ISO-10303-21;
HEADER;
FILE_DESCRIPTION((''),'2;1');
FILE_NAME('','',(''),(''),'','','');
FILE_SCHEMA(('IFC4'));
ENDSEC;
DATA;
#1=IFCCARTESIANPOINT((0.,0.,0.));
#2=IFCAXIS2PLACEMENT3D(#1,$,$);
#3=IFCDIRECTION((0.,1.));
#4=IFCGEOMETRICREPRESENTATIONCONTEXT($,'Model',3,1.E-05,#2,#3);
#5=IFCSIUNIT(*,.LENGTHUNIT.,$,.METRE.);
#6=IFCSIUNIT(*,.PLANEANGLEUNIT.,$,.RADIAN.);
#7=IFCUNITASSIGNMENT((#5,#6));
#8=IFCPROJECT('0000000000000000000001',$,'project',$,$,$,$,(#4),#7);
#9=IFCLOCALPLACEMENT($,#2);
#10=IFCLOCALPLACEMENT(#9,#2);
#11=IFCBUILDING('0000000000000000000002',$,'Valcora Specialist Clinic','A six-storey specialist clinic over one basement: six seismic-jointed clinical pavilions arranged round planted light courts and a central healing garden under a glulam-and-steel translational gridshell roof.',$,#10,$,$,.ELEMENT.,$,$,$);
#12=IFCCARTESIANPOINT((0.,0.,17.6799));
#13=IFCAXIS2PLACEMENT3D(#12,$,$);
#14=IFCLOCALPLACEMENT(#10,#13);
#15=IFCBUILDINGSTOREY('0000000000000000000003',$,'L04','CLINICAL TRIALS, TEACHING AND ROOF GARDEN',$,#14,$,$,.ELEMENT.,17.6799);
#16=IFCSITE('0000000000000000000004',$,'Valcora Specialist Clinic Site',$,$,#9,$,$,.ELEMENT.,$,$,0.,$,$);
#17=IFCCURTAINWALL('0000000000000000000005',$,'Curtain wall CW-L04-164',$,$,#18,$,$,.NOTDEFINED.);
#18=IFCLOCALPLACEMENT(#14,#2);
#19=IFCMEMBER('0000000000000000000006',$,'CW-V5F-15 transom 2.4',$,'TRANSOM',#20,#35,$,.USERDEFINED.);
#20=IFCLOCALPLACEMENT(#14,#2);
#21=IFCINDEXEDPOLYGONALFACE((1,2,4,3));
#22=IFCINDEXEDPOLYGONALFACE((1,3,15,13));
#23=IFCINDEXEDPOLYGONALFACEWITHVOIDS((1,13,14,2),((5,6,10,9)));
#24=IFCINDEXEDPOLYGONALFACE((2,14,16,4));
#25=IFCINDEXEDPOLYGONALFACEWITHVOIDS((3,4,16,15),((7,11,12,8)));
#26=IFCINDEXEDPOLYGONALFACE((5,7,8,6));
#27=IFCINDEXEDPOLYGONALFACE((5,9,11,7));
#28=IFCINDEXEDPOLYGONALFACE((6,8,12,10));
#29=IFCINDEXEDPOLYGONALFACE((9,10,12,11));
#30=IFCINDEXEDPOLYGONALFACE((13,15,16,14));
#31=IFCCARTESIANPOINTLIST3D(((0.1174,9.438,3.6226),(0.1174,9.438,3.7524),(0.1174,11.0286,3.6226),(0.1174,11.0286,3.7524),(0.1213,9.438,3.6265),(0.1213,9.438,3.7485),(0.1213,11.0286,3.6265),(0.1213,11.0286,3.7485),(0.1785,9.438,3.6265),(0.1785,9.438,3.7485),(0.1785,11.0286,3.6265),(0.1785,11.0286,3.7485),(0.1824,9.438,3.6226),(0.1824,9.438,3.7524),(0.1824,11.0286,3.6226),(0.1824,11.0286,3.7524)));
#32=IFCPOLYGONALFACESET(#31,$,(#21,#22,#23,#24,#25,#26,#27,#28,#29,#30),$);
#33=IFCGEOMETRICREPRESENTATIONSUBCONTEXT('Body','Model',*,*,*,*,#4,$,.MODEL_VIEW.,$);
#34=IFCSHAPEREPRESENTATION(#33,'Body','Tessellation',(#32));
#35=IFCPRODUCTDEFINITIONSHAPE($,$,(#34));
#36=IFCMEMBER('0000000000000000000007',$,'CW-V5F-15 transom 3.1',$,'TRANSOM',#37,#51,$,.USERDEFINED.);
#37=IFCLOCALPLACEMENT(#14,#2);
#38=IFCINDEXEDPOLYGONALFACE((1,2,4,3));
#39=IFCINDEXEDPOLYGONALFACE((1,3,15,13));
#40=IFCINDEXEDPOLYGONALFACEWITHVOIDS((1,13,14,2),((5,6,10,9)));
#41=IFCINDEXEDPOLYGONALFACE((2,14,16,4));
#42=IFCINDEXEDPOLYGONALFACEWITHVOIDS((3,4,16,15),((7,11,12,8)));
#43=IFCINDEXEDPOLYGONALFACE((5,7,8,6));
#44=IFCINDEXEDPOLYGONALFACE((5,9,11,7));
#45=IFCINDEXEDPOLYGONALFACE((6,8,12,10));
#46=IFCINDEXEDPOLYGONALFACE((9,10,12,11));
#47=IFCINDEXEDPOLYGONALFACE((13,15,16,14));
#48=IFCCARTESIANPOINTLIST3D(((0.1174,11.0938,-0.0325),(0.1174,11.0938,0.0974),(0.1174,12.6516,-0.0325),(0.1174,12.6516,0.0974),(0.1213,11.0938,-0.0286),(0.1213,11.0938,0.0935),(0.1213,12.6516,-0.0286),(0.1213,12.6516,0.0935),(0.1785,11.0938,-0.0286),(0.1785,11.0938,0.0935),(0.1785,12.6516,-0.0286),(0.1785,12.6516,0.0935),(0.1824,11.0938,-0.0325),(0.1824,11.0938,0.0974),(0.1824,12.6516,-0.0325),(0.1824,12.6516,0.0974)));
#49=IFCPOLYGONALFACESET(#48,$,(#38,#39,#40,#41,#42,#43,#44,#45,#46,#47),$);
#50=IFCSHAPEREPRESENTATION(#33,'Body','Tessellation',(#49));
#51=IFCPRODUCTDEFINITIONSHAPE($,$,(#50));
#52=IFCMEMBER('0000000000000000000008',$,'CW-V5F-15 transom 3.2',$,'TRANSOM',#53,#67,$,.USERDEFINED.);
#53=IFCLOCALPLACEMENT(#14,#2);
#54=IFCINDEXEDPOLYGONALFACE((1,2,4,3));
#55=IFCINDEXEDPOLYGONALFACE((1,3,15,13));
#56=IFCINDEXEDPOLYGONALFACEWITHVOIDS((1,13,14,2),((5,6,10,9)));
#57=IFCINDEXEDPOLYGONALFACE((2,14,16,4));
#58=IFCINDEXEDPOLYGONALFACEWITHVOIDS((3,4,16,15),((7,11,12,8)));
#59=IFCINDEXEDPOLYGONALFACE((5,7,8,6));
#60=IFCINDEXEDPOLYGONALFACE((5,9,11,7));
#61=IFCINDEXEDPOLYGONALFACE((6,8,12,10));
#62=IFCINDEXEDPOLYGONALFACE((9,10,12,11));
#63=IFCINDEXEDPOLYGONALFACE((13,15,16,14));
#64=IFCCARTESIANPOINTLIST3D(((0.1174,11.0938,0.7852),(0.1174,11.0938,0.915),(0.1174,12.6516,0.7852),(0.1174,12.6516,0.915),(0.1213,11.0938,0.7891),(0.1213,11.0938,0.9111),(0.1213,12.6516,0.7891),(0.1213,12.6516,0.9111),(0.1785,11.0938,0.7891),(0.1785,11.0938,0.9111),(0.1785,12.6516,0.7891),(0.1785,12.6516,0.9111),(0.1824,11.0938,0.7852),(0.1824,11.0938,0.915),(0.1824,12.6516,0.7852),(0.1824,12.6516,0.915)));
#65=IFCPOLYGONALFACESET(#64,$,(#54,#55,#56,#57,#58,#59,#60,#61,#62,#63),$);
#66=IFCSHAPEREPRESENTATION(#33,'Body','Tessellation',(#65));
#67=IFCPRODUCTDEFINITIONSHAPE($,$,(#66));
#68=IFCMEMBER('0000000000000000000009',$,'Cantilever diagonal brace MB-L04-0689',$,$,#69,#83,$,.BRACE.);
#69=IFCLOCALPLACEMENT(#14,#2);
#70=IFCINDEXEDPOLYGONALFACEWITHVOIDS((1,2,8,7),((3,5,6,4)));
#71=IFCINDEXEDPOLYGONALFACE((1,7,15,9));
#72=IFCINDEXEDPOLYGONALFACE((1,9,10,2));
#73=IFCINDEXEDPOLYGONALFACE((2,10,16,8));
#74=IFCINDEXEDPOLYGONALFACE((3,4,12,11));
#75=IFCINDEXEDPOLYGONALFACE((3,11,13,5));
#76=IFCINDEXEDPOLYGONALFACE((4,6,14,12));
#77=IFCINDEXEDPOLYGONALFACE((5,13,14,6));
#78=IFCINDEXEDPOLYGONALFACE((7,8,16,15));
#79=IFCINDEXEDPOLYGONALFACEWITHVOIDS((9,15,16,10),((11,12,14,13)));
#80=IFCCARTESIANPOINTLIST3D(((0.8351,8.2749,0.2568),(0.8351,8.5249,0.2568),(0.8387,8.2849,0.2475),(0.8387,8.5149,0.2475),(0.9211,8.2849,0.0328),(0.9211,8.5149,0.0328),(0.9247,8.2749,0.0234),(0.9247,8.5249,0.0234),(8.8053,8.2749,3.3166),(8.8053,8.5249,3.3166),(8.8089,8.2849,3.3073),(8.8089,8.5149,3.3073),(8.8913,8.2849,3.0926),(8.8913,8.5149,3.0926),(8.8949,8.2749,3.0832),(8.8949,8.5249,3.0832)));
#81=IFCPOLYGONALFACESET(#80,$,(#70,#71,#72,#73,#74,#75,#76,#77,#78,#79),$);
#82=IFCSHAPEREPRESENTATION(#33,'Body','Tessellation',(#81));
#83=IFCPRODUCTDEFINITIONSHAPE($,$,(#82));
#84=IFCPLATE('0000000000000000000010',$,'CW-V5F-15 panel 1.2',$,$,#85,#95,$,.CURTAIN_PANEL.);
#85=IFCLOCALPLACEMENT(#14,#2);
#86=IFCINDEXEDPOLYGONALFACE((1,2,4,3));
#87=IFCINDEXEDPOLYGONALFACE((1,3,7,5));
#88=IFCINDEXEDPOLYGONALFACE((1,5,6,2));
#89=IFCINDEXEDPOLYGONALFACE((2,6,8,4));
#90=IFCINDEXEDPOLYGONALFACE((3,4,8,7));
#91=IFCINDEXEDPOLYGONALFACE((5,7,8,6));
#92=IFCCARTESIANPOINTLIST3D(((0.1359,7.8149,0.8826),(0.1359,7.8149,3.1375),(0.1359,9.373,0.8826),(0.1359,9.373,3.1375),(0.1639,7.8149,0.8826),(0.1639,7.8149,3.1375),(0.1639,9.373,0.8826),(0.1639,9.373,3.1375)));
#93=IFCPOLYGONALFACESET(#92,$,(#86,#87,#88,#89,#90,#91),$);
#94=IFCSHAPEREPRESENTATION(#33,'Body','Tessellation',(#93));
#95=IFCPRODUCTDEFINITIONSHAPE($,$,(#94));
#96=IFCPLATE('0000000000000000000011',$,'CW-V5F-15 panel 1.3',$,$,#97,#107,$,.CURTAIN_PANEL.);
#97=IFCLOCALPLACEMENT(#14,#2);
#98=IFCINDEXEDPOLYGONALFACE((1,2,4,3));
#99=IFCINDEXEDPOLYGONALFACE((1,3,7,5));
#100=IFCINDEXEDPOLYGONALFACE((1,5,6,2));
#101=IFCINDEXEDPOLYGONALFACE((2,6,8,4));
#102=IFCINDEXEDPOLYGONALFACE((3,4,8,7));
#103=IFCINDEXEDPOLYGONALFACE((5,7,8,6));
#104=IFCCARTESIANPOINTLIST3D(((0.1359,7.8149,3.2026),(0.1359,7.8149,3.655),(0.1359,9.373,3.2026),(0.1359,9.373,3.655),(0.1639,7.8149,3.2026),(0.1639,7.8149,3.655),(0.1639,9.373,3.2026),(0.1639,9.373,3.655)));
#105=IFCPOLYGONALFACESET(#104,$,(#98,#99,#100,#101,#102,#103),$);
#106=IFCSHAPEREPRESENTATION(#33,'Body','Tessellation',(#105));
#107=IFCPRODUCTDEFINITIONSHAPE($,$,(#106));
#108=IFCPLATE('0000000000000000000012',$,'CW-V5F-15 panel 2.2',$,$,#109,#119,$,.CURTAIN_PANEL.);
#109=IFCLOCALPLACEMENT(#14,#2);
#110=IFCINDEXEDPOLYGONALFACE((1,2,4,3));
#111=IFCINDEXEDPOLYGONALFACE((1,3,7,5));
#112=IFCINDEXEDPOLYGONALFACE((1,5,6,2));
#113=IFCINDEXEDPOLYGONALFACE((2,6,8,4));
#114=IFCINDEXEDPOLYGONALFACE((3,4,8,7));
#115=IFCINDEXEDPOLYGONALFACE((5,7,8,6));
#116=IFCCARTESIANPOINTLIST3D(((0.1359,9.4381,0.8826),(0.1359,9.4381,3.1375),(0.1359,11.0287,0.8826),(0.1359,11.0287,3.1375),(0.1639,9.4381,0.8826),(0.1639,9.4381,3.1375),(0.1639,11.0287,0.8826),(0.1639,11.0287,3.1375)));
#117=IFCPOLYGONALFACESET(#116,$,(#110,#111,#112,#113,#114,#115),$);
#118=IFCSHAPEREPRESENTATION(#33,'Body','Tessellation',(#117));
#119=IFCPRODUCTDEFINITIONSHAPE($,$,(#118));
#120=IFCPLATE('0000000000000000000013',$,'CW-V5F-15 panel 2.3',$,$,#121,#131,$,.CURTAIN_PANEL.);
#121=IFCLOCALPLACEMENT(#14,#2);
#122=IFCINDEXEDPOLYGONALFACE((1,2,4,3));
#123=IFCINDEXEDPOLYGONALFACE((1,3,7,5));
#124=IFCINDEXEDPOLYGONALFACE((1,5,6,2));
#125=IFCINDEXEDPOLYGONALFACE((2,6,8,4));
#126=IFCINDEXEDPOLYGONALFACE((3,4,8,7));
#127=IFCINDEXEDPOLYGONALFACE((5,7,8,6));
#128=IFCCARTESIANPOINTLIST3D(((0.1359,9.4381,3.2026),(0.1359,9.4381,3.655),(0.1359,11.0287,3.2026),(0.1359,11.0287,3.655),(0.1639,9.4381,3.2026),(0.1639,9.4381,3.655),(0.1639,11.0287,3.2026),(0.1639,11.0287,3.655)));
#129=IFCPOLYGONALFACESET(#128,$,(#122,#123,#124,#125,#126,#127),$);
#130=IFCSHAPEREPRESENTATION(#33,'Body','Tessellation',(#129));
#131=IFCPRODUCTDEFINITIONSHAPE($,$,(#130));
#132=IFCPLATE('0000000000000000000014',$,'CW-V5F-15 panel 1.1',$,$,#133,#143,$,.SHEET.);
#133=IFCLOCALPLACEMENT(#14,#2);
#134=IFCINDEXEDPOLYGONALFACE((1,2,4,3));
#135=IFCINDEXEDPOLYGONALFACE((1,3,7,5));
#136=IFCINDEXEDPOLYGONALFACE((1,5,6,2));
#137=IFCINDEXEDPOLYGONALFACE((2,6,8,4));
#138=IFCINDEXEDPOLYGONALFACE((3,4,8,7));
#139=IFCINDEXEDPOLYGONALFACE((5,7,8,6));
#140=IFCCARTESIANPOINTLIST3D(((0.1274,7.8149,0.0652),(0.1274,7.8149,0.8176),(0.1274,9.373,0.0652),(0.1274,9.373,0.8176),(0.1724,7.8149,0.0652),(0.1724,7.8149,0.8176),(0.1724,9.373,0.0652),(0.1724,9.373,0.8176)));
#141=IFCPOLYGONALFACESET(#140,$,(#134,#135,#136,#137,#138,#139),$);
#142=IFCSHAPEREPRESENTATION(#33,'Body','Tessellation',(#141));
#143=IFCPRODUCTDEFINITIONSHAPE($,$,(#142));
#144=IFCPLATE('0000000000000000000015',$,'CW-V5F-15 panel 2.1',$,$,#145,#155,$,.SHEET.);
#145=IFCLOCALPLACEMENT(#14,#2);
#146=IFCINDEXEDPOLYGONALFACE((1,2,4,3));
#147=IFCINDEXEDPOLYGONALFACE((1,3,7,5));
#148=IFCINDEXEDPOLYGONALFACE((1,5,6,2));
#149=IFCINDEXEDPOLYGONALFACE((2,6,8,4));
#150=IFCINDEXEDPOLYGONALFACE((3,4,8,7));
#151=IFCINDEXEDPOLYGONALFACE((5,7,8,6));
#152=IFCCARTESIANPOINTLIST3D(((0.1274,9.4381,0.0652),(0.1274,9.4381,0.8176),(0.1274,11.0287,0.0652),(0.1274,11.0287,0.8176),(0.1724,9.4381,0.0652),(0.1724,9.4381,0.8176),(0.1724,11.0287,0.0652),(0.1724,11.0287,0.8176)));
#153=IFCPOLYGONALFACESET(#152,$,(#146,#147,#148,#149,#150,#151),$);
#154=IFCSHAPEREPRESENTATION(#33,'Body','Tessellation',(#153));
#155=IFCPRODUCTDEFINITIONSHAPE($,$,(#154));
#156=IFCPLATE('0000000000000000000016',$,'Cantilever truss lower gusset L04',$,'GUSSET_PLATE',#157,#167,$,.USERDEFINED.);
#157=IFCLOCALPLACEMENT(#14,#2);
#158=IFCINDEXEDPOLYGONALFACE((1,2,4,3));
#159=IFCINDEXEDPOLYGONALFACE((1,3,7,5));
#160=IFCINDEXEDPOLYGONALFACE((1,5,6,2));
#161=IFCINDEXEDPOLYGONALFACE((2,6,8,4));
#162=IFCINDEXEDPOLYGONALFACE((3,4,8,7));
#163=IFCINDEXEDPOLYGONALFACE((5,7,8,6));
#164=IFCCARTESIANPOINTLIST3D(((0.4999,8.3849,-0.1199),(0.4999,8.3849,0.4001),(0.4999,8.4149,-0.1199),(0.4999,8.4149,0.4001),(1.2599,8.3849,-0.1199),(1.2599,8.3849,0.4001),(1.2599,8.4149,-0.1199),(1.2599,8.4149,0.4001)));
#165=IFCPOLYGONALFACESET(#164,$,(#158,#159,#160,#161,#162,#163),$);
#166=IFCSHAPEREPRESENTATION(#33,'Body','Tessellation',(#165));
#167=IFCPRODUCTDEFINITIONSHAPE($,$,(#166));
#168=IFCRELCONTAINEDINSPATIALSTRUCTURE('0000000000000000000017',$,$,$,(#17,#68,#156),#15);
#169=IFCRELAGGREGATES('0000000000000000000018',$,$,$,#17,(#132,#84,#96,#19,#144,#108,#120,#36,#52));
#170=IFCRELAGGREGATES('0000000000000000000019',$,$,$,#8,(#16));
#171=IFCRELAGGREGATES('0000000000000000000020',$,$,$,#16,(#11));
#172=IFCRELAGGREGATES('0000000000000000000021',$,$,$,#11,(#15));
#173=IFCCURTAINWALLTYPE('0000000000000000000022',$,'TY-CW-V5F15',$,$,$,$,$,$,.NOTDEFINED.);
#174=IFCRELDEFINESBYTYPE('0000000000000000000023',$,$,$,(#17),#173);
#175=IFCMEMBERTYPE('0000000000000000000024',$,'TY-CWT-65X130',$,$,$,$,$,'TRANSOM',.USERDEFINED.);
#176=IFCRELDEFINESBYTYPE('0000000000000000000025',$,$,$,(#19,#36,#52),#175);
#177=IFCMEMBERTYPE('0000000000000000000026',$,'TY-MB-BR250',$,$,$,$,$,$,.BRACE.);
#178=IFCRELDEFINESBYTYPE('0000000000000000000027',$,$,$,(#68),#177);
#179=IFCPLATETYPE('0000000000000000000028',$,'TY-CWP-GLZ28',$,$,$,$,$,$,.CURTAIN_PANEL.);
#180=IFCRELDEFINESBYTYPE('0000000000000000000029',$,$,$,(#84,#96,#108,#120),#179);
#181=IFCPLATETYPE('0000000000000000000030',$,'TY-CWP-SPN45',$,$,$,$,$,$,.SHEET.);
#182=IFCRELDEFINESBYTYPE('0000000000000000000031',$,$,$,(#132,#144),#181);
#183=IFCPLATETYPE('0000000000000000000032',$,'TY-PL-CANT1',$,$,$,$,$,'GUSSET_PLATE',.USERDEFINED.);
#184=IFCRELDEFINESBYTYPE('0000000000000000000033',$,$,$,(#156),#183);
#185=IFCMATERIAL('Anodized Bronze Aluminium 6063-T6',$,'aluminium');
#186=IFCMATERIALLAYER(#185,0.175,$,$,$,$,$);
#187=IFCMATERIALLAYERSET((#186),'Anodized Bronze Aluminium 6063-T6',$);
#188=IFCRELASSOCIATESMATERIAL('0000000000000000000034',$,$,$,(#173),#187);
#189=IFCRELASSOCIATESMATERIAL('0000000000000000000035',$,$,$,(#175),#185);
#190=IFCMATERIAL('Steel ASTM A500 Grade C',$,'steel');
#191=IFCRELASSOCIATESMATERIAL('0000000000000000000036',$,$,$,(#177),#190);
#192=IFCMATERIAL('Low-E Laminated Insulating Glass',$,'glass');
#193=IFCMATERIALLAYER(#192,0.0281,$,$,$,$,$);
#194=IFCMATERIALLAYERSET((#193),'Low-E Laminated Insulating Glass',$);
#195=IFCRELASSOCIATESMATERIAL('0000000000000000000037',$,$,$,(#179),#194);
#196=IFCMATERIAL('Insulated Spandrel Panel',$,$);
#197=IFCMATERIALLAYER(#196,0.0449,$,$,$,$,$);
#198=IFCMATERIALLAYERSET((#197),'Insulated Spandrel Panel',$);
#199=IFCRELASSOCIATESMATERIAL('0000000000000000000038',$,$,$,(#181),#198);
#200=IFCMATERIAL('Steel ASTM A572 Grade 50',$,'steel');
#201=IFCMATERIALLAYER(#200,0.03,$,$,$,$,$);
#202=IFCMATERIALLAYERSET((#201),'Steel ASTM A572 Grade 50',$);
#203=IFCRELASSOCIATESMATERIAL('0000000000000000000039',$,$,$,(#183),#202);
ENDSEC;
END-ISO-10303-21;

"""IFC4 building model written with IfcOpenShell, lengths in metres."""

from ifc_helpers import new_model, si_unit, direction, frame, origin, origin_2d, place, context, subcontext, project, spatial, rectangle, hollow_rectangle, extrude, material, layer, layer_set, material_profile, profile_set, type_object, element, aggregate, save


model = new_model("IFC4")

# Units and contexts
model_context = context("Model", 3, precision=1e-05, world=origin(), true_north=direction((0.0, 1.0)))
body_context = subcontext(model_context, "Body", "Model", "MODEL_VIEW")
ifc_project = project(units=[si_unit("LENGTHUNIT", "METRE"), si_unit("PLANEANGLEUNIT", "RADIAN")], contexts=[model_context])

# Site, building, storey
site_placement = place(None, origin())
site = spatial("IfcSite", under=ifc_project, at=site_placement, Name="Valcora Specialist Clinic Site", CompositionType="ELEMENT", RefElevation=0.0)
building_placement = place(site_placement, origin())
building = spatial("IfcBuilding", under=site, at=building_placement, Name="Valcora Specialist Clinic", Description="A six-storey specialist clinic over one basement: six seismic-jointed clinical pavilions arranged round planted light courts and a central healing garden under a glulam-and-steel translational gridshell roof.", CompositionType="ELEMENT")
storey_placement = place(building_placement, frame((0.0, 0.0, 17.6799)))
storey = spatial("IfcBuildingStorey", under=building, at=storey_placement, Name="L04", Description="CLINICAL TRIALS, TEACHING AND ROOF GARDEN", CompositionType="ELEMENT", Elevation=17.6799)

# Shared definitions
ifc_material_1 = material(Name="Steel ASTM A500 Grade C", Category="steel")

# Curtain wall, members
ifc_material_2 = material(Name="Anodized Bronze Aluminium 6063-T6", Category="aluminium")
ifc_layer_1 = layer(ifc_material_2, 0.175)
ifc_layer_set_1 = layer_set([ifc_layer_1], Name="Anodized Bronze Aluminium 6063-T6")
curtain_wall_type = type_object("IfcCurtainWallType", Name="TY-CW-V5F15", PredefinedType="NOTDEFINED", material=ifc_layer_set_1)
curtain_wall_placement = place(storey_placement, origin())
curtain_wall = element("IfcCurtainWall", 1, at=curtain_wall_placement, inside=storey, type_object=curtain_wall_type, Name="Curtain wall CW-L04-164", PredefinedType="NOTDEFINED")
ifc_material_profile_1 = material_profile(ifc_material_2, hollow_rectangle(XDim=0.0649, YDim=0.1299, WallThickness=0.0039, at=origin_2d()), Name="AL-TRN-65X130")
ifc_profile_set_1 = profile_set([ifc_material_profile_1], Name="Anodized Bronze Aluminium 6063-T6")
member_type_1 = type_object("IfcMemberType", Name="TY-CWT-65X130", ElementType="TRANSOM", PredefinedType="USERDEFINED", material=ifc_profile_set_1)
member_1_placement = place(storey_placement, frame((0.1499, 9.438, 3.6875), z_axis=(0.0, 1.0, 0.0), x_axis=(-1.0, 0.0, 0.0)))
member_1 = element("IfcMember", 2, at=member_1_placement, type_object=member_type_1, Name="CW-V5F-15 transom 2.4", ObjectType="TRANSOM", PredefinedType="USERDEFINED", context=body_context, shape_type="SweptSolid", body=[
    extrude(hollow_rectangle(XDim=0.0649, YDim=0.1299, WallThickness=0.0039, at=origin_2d()), origin(), (0.0, 0.0, 1.0), 1.5906),
])
member_2_placement = place(storey_placement, frame((0.1499, 11.0938, 0.0325), z_axis=(0.0, 1.0, 0.0), x_axis=(-1.0, 0.0, 0.0)))
member_2 = element("IfcMember", 3, at=member_2_placement, type_object=member_type_1, Name="CW-V5F-15 transom 3.1", ObjectType="TRANSOM", PredefinedType="USERDEFINED", context=body_context, shape_type="SweptSolid", body=[
    extrude(hollow_rectangle(XDim=0.0649, YDim=0.1299, WallThickness=0.0039, at=origin_2d()), origin(), (0.0, 0.0, 1.0), 1.5579),
])
member_3_placement = place(storey_placement, frame((0.1499, 11.0938, 0.8501), z_axis=(0.0, 1.0, 0.0), x_axis=(-1.0, 0.0, 0.0)))
member_3 = element("IfcMember", 4, at=member_3_placement, type_object=member_type_1, Name="CW-V5F-15 transom 3.2", ObjectType="TRANSOM", PredefinedType="USERDEFINED", context=body_context, shape_type="SweptSolid", body=[
    extrude(hollow_rectangle(XDim=0.0649, YDim=0.1299, WallThickness=0.0039, at=origin_2d()), origin(), (0.0, 0.0, 1.0), 1.5579),
])

# Member
ifc_material_profile_2 = material_profile(ifc_material_1, hollow_rectangle(XDim=0.25, YDim=0.25, WallThickness=0.01, at=origin_2d()), Name="ST-RHS-250X250X10")
ifc_profile_set_2 = profile_set([ifc_material_profile_2], Name="Steel ASTM A500 Grade C")
member_type_2 = type_object("IfcMemberType", Name="TY-MB-BR250", PredefinedType="BRACE", material=ifc_profile_set_2)
member_4_placement = place(storey_placement, frame((0.8799, 8.3999, 0.1401), z_axis=(0.933567, 0.0, 0.358402), x_axis=(0.0, 1.0, 0.0)))
element("IfcMember", 5, at=member_4_placement, inside=storey, type_object=member_type_2, Name="Cantilever diagonal brace MB-L04-0689", PredefinedType="BRACE", context=body_context, shape_type="SweptSolid", body=[
    extrude(hollow_rectangle(XDim=0.25, YDim=0.25, WallThickness=0.01, at=origin_2d()), origin(), (0.0, 0.0, 1.0), 8.5374),
])

# Plates
ifc_material_3 = material(Name="Low-E Laminated Insulating Glass", Category="glass")
ifc_layer_2 = layer(ifc_material_3, 0.0281)
ifc_layer_set_2 = layer_set([ifc_layer_2], Name="Low-E Laminated Insulating Glass")
plate_type_1 = type_object("IfcPlateType", Name="TY-CWP-GLZ28", PredefinedType="CURTAIN_PANEL", material=ifc_layer_set_2)
plate_1_placement = place(storey_placement, frame((0.1499, 8.594, 0.8826), z_axis=(0.0, 0.0, 1.0), x_axis=(0.0, 1.0, 0.0)))
plate_1 = element("IfcPlate", 6, at=plate_1_placement, type_object=plate_type_1, Name="CW-V5F-15 panel 1.2", PredefinedType="CURTAIN_PANEL", context=body_context, shape_type="SweptSolid", body=[
    extrude(rectangle(XDim=1.5581, YDim=0.0281, at=origin_2d()), origin(), (0.0, 0.0, 1.0), 2.2549),
])
plate_2_placement = place(storey_placement, frame((0.1499, 8.594, 3.2026), z_axis=(0.0, 0.0, 1.0), x_axis=(0.0, 1.0, 0.0)))
plate_2 = element("IfcPlate", 7, at=plate_2_placement, type_object=plate_type_1, Name="CW-V5F-15 panel 1.3", PredefinedType="CURTAIN_PANEL", context=body_context, shape_type="SweptSolid", body=[
    extrude(rectangle(XDim=1.5581, YDim=0.0281, at=origin_2d()), origin(), (0.0, 0.0, 1.0), 0.4524),
])
plate_3_placement = place(storey_placement, frame((0.1499, 10.2334, 0.8826), z_axis=(0.0, 0.0, 1.0), x_axis=(0.0, 1.0, 0.0)))
plate_3 = element("IfcPlate", 8, at=plate_3_placement, type_object=plate_type_1, Name="CW-V5F-15 panel 2.2", PredefinedType="CURTAIN_PANEL", context=body_context, shape_type="SweptSolid", body=[
    extrude(rectangle(XDim=1.5906, YDim=0.0281, at=origin_2d()), origin(), (0.0, 0.0, 1.0), 2.2549),
])
plate_4_placement = place(storey_placement, frame((0.1499, 10.2334, 3.2026), z_axis=(0.0, 0.0, 1.0), x_axis=(0.0, 1.0, 0.0)))
plate_4 = element("IfcPlate", 9, at=plate_4_placement, type_object=plate_type_1, Name="CW-V5F-15 panel 2.3", PredefinedType="CURTAIN_PANEL", context=body_context, shape_type="SweptSolid", body=[
    extrude(rectangle(XDim=1.5906, YDim=0.0281, at=origin_2d()), origin(), (0.0, 0.0, 1.0), 0.4524),
])
ifc_material_4 = material(Name="Insulated Spandrel Panel")
ifc_layer_3 = layer(ifc_material_4, 0.0449)
ifc_layer_set_3 = layer_set([ifc_layer_3], Name="Insulated Spandrel Panel")
plate_type_2 = type_object("IfcPlateType", Name="TY-CWP-SPN45", PredefinedType="SHEET", material=ifc_layer_set_3)
plate_5_placement = place(storey_placement, frame((0.1499, 8.594, 0.0652), z_axis=(0.0, 0.0, 1.0), x_axis=(0.0, 1.0, 0.0)))
plate_5 = element("IfcPlate", 10, at=plate_5_placement, type_object=plate_type_2, Name="CW-V5F-15 panel 1.1", PredefinedType="SHEET", context=body_context, shape_type="SweptSolid", body=[
    extrude(rectangle(XDim=1.5581, YDim=0.0449, at=origin_2d()), origin(), (0.0, 0.0, 1.0), 0.7524),
])
plate_6_placement = place(storey_placement, frame((0.1499, 10.2334, 0.0652), z_axis=(0.0, 0.0, 1.0), x_axis=(0.0, 1.0, 0.0)))
plate_6 = element("IfcPlate", 11, at=plate_6_placement, type_object=plate_type_2, Name="CW-V5F-15 panel 2.1", PredefinedType="SHEET", context=body_context, shape_type="SweptSolid", body=[
    extrude(rectangle(XDim=1.5906, YDim=0.0449, at=origin_2d()), origin(), (0.0, 0.0, 1.0), 0.7524),
])
aggregate(curtain_wall, [plate_5, plate_1, plate_2, member_1, plate_6, plate_3, plate_4, member_2, member_3])
ifc_material_5 = material(Name="Steel ASTM A572 Grade 50", Category="steel")
ifc_layer_4 = layer(ifc_material_5, 0.03)
ifc_layer_set_4 = layer_set([ifc_layer_4], Name="Steel ASTM A572 Grade 50")
plate_type_3 = type_object("IfcPlateType", Name="TY-PL-CANT1", ElementType="GUSSET_PLATE", PredefinedType="USERDEFINED", material=ifc_layer_set_4)
plate_7_placement = place(storey_placement, frame((0.8799, 8.3999, -0.1199), z_axis=(0.0, 0.0, 1.0), x_axis=(1.0, 0.0, 0.0)))
element("IfcPlate", 12, at=plate_7_placement, inside=storey, type_object=plate_type_3, Name="Cantilever truss lower gusset L04", ObjectType="GUSSET_PLATE", PredefinedType="USERDEFINED", context=body_context, shape_type="SweptSolid", body=[
    extrude(rectangle(XDim=0.76, YDim=0.03, at=origin_2d()), origin(), (0.0, 0.0, 1.0), 0.52),
])

save(model, "model.ifc")
